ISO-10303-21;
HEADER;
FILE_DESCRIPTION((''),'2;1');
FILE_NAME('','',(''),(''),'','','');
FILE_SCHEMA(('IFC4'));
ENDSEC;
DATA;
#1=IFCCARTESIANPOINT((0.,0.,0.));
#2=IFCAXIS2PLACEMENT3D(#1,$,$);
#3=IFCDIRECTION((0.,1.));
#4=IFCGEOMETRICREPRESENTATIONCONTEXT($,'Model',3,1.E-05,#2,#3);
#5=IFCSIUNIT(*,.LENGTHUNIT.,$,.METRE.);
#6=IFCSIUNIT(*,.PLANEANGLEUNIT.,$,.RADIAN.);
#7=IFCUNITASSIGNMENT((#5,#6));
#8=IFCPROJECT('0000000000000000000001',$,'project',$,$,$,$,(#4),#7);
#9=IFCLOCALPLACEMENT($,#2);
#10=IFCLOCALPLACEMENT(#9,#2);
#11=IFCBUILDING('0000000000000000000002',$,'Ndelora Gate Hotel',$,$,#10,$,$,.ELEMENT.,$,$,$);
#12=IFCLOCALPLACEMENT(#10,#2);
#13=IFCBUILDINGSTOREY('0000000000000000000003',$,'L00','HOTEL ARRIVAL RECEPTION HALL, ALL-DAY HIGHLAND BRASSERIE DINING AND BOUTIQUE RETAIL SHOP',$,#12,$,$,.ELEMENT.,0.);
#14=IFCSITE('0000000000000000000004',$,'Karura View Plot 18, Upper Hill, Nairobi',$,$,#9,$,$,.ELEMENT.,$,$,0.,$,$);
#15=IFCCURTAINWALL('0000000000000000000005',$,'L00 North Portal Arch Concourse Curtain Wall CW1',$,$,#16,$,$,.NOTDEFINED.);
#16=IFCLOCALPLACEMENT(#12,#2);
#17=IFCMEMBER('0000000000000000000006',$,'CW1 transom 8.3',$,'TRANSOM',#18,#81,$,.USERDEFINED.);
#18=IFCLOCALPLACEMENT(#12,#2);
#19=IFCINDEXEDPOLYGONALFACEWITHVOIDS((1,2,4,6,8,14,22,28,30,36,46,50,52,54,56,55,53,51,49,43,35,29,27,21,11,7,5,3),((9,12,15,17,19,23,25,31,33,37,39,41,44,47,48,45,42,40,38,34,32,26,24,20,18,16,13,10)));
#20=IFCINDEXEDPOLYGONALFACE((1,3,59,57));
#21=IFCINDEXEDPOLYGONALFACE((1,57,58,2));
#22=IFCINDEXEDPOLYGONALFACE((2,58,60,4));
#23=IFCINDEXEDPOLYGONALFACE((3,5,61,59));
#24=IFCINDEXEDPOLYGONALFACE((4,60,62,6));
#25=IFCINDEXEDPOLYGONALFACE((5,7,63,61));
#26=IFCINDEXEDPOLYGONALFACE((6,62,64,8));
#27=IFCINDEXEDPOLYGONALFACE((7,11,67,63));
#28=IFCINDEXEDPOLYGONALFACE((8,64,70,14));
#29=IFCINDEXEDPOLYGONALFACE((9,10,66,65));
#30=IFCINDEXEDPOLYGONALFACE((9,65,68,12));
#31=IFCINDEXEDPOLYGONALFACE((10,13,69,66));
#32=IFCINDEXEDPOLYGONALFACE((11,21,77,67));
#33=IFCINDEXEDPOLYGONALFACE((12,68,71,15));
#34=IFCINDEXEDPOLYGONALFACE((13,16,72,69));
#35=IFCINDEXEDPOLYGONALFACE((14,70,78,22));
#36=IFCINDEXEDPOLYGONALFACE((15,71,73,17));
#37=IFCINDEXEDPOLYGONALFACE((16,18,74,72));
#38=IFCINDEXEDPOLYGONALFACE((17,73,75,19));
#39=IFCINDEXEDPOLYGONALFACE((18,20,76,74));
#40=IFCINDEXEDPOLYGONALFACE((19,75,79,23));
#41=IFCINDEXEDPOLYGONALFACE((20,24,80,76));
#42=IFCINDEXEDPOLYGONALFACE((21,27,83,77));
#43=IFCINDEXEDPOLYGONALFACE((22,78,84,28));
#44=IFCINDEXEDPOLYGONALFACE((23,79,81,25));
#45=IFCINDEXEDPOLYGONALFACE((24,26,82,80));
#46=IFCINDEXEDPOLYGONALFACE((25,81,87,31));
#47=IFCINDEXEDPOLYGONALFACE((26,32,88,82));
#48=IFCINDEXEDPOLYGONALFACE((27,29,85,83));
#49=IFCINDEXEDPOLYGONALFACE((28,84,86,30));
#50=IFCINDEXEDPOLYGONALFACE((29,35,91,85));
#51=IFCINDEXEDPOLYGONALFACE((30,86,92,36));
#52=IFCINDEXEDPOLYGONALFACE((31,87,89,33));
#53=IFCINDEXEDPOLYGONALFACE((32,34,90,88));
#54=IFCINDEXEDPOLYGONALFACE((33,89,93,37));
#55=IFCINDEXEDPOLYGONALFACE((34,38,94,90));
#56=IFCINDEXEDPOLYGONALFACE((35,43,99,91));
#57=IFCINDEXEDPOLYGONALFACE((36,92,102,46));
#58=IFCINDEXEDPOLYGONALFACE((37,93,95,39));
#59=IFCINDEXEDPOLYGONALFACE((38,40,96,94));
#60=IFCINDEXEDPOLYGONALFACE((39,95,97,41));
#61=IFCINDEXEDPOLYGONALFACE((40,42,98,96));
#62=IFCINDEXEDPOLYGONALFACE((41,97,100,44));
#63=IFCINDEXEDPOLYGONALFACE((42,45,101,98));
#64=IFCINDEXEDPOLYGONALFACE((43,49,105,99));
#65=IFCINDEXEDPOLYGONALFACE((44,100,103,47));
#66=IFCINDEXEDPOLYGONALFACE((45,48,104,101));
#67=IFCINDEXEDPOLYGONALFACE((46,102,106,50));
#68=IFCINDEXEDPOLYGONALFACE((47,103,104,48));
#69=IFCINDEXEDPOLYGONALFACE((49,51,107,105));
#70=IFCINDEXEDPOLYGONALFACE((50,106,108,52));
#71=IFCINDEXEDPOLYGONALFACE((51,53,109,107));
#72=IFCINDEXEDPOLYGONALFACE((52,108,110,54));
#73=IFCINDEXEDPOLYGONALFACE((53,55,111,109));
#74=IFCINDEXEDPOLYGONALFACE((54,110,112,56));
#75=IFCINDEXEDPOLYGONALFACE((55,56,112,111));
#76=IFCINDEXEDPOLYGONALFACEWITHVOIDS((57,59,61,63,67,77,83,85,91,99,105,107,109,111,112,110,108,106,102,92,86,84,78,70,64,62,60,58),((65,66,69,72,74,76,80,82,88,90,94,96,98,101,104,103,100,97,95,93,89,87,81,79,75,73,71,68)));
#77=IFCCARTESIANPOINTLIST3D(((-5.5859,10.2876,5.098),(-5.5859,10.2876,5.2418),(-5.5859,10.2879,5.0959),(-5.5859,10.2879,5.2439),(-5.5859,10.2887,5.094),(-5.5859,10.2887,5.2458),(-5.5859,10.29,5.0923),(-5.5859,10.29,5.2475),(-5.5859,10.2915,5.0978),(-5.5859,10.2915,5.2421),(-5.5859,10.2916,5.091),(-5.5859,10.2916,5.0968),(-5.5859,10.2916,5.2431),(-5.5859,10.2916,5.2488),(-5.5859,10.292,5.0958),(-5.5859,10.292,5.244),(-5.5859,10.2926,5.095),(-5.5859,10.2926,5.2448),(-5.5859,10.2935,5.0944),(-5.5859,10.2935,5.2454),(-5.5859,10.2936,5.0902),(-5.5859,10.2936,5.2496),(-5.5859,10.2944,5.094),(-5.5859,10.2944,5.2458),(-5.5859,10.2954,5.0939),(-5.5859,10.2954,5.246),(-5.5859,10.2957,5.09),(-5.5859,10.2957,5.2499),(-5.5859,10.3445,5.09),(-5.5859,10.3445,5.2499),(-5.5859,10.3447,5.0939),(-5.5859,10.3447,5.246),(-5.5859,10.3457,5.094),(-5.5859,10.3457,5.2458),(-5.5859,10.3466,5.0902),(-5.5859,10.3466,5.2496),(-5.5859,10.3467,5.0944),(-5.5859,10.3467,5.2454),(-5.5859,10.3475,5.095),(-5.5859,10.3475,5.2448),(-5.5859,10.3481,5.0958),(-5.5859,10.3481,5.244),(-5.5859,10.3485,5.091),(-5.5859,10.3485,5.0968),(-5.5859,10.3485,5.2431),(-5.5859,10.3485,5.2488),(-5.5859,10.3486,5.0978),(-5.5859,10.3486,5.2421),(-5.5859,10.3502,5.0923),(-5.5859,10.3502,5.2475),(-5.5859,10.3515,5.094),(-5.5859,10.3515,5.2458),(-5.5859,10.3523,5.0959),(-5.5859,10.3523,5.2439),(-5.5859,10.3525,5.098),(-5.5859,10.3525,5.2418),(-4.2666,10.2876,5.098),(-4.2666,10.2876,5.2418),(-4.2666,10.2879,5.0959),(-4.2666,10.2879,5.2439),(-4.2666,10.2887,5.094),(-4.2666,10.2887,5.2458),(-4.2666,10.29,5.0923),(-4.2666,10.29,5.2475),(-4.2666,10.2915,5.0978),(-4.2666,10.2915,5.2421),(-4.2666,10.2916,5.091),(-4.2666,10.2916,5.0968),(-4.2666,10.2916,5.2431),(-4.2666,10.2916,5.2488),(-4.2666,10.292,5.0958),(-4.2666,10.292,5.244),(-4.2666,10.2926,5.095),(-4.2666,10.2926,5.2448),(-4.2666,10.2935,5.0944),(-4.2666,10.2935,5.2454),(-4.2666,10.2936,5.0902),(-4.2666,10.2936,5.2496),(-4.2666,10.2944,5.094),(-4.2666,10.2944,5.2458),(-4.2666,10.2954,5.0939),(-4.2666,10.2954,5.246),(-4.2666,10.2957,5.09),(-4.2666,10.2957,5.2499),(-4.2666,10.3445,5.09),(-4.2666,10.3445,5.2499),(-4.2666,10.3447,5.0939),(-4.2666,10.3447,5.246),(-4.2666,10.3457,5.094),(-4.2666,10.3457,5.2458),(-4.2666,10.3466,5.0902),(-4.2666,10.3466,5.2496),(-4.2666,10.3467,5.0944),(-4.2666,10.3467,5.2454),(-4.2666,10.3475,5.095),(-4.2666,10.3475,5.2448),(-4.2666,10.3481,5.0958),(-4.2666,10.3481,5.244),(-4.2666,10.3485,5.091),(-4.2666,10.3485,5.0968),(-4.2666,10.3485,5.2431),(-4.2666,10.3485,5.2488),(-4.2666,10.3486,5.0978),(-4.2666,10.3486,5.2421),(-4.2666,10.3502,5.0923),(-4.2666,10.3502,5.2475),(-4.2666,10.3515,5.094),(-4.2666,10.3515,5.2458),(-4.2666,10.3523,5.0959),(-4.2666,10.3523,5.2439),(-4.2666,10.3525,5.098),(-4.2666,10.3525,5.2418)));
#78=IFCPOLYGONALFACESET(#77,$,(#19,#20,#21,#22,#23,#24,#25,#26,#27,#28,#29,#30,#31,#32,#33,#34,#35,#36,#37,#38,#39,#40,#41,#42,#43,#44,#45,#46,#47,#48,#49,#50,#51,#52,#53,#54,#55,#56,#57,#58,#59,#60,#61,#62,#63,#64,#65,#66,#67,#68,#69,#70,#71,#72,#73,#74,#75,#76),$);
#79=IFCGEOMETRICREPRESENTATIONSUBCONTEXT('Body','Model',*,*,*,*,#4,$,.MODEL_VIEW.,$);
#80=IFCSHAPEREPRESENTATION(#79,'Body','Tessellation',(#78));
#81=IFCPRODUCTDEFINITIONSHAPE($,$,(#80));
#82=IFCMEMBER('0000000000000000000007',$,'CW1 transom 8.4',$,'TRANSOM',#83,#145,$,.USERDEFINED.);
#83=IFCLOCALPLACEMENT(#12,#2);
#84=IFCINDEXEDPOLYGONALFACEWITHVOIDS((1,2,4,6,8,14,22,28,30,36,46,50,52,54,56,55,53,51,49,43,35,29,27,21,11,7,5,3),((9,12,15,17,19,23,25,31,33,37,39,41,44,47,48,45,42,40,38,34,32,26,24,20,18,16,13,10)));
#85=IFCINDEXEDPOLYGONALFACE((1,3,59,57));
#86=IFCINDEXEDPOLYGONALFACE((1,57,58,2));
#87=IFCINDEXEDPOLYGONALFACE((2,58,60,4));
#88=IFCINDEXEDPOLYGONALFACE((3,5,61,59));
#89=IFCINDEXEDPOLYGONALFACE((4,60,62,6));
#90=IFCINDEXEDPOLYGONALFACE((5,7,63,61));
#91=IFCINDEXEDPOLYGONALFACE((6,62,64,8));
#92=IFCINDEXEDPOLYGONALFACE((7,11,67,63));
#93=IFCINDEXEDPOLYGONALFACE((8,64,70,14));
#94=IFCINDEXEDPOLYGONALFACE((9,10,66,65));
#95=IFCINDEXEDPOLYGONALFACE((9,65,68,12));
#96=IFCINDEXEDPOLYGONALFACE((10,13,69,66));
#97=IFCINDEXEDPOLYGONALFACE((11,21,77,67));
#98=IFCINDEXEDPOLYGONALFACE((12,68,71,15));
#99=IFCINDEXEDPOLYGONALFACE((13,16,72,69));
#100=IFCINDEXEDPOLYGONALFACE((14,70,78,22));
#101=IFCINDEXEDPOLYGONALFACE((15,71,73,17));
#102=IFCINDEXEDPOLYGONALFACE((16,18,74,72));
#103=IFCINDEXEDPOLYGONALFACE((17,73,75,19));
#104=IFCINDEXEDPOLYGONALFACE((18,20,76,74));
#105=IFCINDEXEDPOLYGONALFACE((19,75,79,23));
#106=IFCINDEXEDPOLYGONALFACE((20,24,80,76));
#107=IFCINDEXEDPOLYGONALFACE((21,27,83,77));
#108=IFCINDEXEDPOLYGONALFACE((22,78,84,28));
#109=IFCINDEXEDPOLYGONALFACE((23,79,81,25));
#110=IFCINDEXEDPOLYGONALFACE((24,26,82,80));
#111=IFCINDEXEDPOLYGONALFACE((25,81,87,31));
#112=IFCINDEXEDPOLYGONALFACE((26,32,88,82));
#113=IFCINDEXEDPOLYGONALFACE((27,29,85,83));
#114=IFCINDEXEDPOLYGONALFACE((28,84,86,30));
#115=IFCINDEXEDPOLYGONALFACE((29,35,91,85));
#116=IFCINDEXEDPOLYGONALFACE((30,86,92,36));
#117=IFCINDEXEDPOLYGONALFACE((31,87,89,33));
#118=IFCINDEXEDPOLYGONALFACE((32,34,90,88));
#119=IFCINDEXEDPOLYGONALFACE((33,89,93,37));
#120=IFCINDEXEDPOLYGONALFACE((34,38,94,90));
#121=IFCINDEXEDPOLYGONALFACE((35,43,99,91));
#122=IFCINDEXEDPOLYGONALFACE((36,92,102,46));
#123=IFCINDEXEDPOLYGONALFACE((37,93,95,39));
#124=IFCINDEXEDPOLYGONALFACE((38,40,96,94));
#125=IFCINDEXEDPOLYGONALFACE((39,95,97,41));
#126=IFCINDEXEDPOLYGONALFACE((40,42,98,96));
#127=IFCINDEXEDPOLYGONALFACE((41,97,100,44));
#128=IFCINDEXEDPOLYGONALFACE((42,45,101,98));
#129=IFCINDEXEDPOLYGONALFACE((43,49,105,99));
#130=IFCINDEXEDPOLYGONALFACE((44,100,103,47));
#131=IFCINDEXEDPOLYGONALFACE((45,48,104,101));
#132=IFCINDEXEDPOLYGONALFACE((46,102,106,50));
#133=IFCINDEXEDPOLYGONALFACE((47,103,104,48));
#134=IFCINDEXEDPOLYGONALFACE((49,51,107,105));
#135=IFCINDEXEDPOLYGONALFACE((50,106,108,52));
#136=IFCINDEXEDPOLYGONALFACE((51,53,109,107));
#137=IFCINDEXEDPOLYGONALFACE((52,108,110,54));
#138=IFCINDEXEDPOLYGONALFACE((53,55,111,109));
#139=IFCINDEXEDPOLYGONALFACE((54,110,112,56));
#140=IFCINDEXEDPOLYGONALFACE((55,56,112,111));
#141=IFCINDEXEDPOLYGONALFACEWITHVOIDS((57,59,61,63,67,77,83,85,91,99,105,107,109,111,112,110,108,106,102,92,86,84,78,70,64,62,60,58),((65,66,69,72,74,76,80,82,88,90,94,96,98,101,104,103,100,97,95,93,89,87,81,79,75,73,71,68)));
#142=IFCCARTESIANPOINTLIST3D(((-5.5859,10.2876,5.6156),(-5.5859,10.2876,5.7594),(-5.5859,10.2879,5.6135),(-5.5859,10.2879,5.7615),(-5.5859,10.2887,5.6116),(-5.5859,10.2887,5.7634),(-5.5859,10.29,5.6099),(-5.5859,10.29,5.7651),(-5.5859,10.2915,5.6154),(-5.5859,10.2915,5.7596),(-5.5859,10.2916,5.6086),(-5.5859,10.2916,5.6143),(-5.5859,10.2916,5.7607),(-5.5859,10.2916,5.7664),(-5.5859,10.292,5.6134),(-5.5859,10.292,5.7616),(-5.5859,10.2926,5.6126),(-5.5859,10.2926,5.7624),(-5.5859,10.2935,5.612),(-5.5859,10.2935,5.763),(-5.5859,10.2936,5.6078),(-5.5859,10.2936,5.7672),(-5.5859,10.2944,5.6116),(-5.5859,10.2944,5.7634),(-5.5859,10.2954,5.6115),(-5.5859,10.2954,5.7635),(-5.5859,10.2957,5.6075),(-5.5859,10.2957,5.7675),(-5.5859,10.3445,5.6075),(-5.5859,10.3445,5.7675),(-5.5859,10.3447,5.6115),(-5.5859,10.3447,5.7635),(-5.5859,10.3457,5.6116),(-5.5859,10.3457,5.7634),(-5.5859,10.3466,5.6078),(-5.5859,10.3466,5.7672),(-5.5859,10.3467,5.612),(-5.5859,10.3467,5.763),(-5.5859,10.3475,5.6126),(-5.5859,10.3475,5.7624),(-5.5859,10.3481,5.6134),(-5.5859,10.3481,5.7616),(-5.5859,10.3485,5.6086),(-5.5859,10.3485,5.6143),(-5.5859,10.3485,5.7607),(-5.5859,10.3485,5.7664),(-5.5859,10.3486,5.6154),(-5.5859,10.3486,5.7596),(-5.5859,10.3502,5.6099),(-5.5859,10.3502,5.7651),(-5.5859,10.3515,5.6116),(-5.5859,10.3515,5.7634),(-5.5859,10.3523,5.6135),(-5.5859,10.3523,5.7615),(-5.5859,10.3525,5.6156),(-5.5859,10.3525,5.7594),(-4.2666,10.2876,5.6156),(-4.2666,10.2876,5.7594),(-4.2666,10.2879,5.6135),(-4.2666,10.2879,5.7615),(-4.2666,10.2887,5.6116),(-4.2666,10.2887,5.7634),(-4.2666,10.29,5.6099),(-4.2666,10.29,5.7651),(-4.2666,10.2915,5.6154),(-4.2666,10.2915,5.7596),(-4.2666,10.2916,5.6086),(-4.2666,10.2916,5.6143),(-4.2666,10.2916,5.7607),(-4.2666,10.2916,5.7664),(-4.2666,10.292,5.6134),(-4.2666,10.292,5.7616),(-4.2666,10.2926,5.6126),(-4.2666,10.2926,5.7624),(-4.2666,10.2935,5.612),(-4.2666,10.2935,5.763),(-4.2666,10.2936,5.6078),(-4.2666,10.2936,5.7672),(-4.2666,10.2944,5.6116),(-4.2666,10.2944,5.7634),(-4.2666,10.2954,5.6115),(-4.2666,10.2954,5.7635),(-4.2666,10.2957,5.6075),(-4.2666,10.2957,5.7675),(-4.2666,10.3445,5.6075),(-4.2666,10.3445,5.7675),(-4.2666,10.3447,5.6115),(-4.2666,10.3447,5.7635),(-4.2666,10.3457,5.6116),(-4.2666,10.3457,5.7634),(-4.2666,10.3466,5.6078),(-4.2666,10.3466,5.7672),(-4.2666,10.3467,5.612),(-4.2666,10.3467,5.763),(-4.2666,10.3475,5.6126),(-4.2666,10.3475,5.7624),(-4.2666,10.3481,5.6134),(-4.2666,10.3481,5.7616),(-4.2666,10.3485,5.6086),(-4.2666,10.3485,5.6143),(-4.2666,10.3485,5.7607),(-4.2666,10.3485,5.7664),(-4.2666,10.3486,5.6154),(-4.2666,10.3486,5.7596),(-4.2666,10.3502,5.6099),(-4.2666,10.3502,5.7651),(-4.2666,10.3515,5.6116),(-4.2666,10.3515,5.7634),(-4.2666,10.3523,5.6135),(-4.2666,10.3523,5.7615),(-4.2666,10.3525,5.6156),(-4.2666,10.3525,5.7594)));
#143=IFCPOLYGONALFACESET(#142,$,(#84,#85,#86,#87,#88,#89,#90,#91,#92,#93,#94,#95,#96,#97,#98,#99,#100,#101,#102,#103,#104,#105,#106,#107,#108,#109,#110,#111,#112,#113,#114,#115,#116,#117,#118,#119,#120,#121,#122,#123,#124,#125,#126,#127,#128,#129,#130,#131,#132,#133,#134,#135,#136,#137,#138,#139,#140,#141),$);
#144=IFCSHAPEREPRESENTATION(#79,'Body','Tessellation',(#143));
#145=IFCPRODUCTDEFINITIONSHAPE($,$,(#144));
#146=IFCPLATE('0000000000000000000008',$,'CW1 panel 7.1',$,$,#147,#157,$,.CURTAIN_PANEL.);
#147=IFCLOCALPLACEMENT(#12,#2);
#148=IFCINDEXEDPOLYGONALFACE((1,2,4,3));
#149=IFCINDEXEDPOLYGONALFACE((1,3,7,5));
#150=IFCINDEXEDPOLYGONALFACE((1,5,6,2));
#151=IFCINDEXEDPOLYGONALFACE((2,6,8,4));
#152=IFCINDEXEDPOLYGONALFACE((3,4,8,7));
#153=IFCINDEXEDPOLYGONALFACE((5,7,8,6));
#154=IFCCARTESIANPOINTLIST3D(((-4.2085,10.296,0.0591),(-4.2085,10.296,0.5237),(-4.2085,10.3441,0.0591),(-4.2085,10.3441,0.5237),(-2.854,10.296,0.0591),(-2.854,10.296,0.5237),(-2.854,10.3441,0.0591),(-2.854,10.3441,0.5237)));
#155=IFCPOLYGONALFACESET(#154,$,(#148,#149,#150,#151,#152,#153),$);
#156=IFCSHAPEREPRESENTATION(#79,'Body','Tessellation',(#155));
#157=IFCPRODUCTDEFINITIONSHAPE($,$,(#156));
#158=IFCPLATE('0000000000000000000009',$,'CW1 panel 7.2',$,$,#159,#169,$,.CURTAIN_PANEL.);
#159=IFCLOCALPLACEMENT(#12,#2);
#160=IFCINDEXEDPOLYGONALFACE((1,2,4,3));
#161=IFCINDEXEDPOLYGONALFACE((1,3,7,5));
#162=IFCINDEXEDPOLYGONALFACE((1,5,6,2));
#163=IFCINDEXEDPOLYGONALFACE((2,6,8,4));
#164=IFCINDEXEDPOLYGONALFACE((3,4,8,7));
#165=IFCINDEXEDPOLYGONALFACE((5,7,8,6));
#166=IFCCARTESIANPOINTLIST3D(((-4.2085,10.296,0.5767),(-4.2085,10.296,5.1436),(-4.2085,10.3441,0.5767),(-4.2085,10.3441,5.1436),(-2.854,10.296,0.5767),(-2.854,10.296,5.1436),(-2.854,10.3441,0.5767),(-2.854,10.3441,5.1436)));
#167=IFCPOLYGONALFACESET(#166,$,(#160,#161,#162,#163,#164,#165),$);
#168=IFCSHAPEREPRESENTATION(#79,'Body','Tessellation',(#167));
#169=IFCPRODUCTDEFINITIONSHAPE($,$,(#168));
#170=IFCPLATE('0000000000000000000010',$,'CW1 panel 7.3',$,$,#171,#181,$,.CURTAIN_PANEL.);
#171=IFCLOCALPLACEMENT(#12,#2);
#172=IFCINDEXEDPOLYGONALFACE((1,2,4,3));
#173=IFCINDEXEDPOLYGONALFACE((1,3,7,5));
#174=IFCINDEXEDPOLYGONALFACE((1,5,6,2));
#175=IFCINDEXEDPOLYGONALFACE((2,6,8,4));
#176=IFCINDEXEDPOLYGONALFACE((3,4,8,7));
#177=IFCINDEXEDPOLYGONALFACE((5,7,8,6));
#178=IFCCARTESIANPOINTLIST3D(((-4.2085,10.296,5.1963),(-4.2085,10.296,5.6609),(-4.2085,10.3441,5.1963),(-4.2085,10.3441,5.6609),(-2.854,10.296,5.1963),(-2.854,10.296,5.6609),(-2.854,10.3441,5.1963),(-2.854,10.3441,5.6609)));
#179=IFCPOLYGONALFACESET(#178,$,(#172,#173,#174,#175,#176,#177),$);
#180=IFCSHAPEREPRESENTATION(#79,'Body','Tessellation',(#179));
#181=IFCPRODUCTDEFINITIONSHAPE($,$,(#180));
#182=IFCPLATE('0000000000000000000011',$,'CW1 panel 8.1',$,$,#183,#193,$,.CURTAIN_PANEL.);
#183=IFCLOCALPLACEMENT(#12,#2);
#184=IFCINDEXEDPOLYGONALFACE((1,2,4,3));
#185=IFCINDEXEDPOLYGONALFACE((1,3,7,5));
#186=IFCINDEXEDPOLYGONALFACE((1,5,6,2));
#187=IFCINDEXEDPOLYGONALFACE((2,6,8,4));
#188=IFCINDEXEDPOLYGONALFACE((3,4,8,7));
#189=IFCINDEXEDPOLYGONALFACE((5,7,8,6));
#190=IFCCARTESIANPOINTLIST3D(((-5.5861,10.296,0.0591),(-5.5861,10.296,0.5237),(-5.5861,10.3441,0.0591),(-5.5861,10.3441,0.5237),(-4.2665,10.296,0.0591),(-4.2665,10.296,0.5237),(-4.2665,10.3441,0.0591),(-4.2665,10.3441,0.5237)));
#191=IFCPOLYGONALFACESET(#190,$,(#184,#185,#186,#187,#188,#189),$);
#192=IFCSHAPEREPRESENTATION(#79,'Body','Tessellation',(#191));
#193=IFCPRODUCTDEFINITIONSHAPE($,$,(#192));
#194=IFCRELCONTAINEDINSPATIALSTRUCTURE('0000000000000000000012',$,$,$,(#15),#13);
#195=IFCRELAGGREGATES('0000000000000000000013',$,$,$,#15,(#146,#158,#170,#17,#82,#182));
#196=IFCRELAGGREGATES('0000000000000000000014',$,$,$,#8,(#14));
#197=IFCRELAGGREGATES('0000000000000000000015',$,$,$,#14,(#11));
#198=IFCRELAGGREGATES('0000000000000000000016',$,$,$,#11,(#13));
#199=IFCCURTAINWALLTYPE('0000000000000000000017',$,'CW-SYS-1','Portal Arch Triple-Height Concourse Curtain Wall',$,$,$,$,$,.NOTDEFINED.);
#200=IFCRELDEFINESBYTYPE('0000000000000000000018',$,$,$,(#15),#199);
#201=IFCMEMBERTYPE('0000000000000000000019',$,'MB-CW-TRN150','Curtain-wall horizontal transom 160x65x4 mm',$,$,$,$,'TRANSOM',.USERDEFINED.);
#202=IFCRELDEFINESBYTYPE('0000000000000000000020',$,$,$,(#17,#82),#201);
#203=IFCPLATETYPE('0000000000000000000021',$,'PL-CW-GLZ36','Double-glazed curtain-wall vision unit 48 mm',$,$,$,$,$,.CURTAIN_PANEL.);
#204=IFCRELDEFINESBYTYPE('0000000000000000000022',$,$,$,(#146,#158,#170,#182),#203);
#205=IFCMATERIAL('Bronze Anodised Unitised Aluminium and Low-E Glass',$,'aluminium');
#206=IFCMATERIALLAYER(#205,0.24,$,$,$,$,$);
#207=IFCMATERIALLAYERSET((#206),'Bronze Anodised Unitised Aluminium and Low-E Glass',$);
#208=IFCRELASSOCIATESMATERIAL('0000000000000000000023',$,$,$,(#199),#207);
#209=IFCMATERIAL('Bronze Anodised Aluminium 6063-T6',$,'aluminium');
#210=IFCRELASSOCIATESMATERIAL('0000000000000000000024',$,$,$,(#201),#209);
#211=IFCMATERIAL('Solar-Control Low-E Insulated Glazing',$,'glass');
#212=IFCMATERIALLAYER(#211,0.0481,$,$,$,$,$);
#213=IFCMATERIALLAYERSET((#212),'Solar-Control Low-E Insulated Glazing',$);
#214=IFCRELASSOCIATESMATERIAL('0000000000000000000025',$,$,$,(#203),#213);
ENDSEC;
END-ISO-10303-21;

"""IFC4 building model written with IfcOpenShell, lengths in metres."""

from ifc_helpers import new_model, si_unit, direction, frame, origin, origin_2d, place, context, subcontext, project, spatial, rectangle, hollow_rectangle, extrude, material, layer, layer_set, material_profile, profile_set, type_object, element, aggregate, save


model = new_model("IFC4")

# Units and contexts
model_context = context("Model", 3, precision=1e-05, world=origin(), true_north=direction((0.0, 1.0)))
body_context = subcontext(model_context, "Body", "Model", "MODEL_VIEW")
ifc_project = project(units=[si_unit("LENGTHUNIT", "METRE"), si_unit("PLANEANGLEUNIT", "RADIAN")], contexts=[model_context])

# Site, building, storey
site_placement = place(None, origin())
site = spatial("IfcSite", under=ifc_project, at=site_placement, Name="Karura View Plot 18, Upper Hill, Nairobi", CompositionType="ELEMENT", RefElevation=0.0)
building_placement = place(site_placement, origin())
building = spatial("IfcBuilding", under=site, at=building_placement, Name="Ndelora Gate Hotel", CompositionType="ELEMENT")
storey_placement = place(building_placement, origin())
storey = spatial("IfcBuildingStorey", under=building, at=storey_placement, Name="L00", Description="HOTEL ARRIVAL RECEPTION HALL, ALL-DAY HIGHLAND BRASSERIE DINING AND BOUTIQUE RETAIL SHOP", CompositionType="ELEMENT", Elevation=0.0)

# Curtain wall, members, plates
ifc_material_1 = material(Name="Bronze Anodised Unitised Aluminium and Low-E Glass", Category="aluminium")
ifc_layer_1 = layer(ifc_material_1, 0.24)
ifc_layer_set_1 = layer_set([ifc_layer_1], Name="Bronze Anodised Unitised Aluminium and Low-E Glass")
curtain_wall_type = type_object("IfcCurtainWallType", Name="CW-SYS-1", Description="Portal Arch Triple-Height Concourse Curtain Wall", PredefinedType="NOTDEFINED", material=ifc_layer_set_1)
curtain_wall_placement = place(storey_placement, origin())
curtain_wall = element("IfcCurtainWall", 1, at=curtain_wall_placement, inside=storey, type_object=curtain_wall_type, Name="L00 North Portal Arch Concourse Curtain Wall CW1", PredefinedType="NOTDEFINED")
ifc_material_2 = material(Name="Bronze Anodised Aluminium 6063-T6", Category="aluminium")
ifc_material_profile_1 = material_profile(ifc_material_2, hollow_rectangle(XDim=0.0649, YDim=0.1599, WallThickness=0.0039, InnerFilletRadius=0.0039, OuterFilletRadius=0.0081, at=origin_2d()), Name="ALU 160x65x4")
ifc_profile_set_1 = profile_set([ifc_material_profile_1], Name="Bronze Anodised Aluminium 6063-T6")
member_type_1 = type_object("IfcMemberType", Name="MB-CW-TRN150", Description="Curtain-wall horizontal transom 160x65x4 mm", ElementType="TRANSOM", PredefinedType="USERDEFINED", material=ifc_profile_set_1)
member_1_placement = place(storey_placement, frame((-4.2666, 10.3201, 5.1699), z_axis=(-1.0, 0.0, 0.0), x_axis=(0.0, -1.0, 0.0)))
member_1 = element("IfcMember", 2, at=member_1_placement, type_object=member_type_1, Name="CW1 transom 8.3", ObjectType="TRANSOM", PredefinedType="USERDEFINED", context=body_context, shape_type="SweptSolid", body=[
    extrude(hollow_rectangle(XDim=0.0649, YDim=0.1599, WallThickness=0.0039, InnerFilletRadius=0.0039, OuterFilletRadius=0.0081, at=origin_2d()), origin(), (0.0, 0.0, 1.0), 1.3193),
])
member_2_placement = place(storey_placement, frame((-4.2666, 10.3201, 5.6875), z_axis=(-1.0, 0.0, 0.0), x_axis=(0.0, -1.0, 0.0)))
member_2 = element("IfcMember", 3, at=member_2_placement, type_object=member_type_1, Name="CW1 transom 8.4", ObjectType="TRANSOM", PredefinedType="USERDEFINED", context=body_context, shape_type="SweptSolid", body=[
    extrude(hollow_rectangle(XDim=0.0649, YDim=0.1599, WallThickness=0.0039, InnerFilletRadius=0.0039, OuterFilletRadius=0.0081, at=origin_2d()), origin(), (0.0, 0.0, 1.0), 1.3193),
])
ifc_material_3 = material(Name="Solar-Control Low-E Insulated Glazing", Category="glass")
ifc_layer_2 = layer(ifc_material_3, 0.0481)
ifc_layer_set_2 = layer_set([ifc_layer_2], Name="Solar-Control Low-E Insulated Glazing")
plate_type = type_object("IfcPlateType", Name="PL-CW-GLZ36", Description="Double-glazed curtain-wall vision unit 48 mm", PredefinedType="CURTAIN_PANEL", material=ifc_layer_set_2)
plate_1_placement = place(storey_placement, frame((-3.5312, 10.3201, 0.0591), z_axis=(0.0, 0.0, 1.0), x_axis=(-1.0, 0.0, 0.0)))
plate_1 = element("IfcPlate", 4, at=plate_1_placement, type_object=plate_type, Name="CW1 panel 7.1", PredefinedType="CURTAIN_PANEL", context=body_context, shape_type="SweptSolid", body=[
    extrude(rectangle(XDim=1.3545, YDim=0.0481, at=origin_2d()), origin(), (0.0, 0.0, 1.0), 0.4646),
])
plate_2_placement = place(storey_placement, frame((-3.5312, 10.3201, 0.5767), z_axis=(0.0, 0.0, 1.0), x_axis=(-1.0, 0.0, 0.0)))
plate_2 = element("IfcPlate", 5, at=plate_2_placement, type_object=plate_type, Name="CW1 panel 7.2", PredefinedType="CURTAIN_PANEL", context=body_context, shape_type="SweptSolid", body=[
    extrude(rectangle(XDim=1.3545, YDim=0.0481, at=origin_2d()), origin(), (0.0, 0.0, 1.0), 4.5669),
])
plate_3_placement = place(storey_placement, frame((-3.5312, 10.3201, 5.1963), z_axis=(0.0, 0.0, 1.0), x_axis=(-1.0, 0.0, 0.0)))
plate_3 = element("IfcPlate", 6, at=plate_3_placement, type_object=plate_type, Name="CW1 panel 7.3", PredefinedType="CURTAIN_PANEL", context=body_context, shape_type="SweptSolid", body=[
    extrude(rectangle(XDim=1.3545, YDim=0.0481, at=origin_2d()), origin(), (0.0, 0.0, 1.0), 0.4646),
])
plate_4_placement = place(storey_placement, frame((-4.9263, 10.3201, 0.0591), z_axis=(0.0, 0.0, 1.0), x_axis=(-1.0, 0.0, 0.0)))
plate_4 = element("IfcPlate", 7, at=plate_4_placement, type_object=plate_type, Name="CW1 panel 8.1", PredefinedType="CURTAIN_PANEL", context=body_context, shape_type="SweptSolid", body=[
    extrude(rectangle(XDim=1.3196, YDim=0.0481, at=origin_2d()), origin(), (0.0, 0.0, 1.0), 0.4646),
])
aggregate(curtain_wall, [plate_1, plate_2, plate_3, member_1, member_2, plate_4])

save(model, "model.ifc")
